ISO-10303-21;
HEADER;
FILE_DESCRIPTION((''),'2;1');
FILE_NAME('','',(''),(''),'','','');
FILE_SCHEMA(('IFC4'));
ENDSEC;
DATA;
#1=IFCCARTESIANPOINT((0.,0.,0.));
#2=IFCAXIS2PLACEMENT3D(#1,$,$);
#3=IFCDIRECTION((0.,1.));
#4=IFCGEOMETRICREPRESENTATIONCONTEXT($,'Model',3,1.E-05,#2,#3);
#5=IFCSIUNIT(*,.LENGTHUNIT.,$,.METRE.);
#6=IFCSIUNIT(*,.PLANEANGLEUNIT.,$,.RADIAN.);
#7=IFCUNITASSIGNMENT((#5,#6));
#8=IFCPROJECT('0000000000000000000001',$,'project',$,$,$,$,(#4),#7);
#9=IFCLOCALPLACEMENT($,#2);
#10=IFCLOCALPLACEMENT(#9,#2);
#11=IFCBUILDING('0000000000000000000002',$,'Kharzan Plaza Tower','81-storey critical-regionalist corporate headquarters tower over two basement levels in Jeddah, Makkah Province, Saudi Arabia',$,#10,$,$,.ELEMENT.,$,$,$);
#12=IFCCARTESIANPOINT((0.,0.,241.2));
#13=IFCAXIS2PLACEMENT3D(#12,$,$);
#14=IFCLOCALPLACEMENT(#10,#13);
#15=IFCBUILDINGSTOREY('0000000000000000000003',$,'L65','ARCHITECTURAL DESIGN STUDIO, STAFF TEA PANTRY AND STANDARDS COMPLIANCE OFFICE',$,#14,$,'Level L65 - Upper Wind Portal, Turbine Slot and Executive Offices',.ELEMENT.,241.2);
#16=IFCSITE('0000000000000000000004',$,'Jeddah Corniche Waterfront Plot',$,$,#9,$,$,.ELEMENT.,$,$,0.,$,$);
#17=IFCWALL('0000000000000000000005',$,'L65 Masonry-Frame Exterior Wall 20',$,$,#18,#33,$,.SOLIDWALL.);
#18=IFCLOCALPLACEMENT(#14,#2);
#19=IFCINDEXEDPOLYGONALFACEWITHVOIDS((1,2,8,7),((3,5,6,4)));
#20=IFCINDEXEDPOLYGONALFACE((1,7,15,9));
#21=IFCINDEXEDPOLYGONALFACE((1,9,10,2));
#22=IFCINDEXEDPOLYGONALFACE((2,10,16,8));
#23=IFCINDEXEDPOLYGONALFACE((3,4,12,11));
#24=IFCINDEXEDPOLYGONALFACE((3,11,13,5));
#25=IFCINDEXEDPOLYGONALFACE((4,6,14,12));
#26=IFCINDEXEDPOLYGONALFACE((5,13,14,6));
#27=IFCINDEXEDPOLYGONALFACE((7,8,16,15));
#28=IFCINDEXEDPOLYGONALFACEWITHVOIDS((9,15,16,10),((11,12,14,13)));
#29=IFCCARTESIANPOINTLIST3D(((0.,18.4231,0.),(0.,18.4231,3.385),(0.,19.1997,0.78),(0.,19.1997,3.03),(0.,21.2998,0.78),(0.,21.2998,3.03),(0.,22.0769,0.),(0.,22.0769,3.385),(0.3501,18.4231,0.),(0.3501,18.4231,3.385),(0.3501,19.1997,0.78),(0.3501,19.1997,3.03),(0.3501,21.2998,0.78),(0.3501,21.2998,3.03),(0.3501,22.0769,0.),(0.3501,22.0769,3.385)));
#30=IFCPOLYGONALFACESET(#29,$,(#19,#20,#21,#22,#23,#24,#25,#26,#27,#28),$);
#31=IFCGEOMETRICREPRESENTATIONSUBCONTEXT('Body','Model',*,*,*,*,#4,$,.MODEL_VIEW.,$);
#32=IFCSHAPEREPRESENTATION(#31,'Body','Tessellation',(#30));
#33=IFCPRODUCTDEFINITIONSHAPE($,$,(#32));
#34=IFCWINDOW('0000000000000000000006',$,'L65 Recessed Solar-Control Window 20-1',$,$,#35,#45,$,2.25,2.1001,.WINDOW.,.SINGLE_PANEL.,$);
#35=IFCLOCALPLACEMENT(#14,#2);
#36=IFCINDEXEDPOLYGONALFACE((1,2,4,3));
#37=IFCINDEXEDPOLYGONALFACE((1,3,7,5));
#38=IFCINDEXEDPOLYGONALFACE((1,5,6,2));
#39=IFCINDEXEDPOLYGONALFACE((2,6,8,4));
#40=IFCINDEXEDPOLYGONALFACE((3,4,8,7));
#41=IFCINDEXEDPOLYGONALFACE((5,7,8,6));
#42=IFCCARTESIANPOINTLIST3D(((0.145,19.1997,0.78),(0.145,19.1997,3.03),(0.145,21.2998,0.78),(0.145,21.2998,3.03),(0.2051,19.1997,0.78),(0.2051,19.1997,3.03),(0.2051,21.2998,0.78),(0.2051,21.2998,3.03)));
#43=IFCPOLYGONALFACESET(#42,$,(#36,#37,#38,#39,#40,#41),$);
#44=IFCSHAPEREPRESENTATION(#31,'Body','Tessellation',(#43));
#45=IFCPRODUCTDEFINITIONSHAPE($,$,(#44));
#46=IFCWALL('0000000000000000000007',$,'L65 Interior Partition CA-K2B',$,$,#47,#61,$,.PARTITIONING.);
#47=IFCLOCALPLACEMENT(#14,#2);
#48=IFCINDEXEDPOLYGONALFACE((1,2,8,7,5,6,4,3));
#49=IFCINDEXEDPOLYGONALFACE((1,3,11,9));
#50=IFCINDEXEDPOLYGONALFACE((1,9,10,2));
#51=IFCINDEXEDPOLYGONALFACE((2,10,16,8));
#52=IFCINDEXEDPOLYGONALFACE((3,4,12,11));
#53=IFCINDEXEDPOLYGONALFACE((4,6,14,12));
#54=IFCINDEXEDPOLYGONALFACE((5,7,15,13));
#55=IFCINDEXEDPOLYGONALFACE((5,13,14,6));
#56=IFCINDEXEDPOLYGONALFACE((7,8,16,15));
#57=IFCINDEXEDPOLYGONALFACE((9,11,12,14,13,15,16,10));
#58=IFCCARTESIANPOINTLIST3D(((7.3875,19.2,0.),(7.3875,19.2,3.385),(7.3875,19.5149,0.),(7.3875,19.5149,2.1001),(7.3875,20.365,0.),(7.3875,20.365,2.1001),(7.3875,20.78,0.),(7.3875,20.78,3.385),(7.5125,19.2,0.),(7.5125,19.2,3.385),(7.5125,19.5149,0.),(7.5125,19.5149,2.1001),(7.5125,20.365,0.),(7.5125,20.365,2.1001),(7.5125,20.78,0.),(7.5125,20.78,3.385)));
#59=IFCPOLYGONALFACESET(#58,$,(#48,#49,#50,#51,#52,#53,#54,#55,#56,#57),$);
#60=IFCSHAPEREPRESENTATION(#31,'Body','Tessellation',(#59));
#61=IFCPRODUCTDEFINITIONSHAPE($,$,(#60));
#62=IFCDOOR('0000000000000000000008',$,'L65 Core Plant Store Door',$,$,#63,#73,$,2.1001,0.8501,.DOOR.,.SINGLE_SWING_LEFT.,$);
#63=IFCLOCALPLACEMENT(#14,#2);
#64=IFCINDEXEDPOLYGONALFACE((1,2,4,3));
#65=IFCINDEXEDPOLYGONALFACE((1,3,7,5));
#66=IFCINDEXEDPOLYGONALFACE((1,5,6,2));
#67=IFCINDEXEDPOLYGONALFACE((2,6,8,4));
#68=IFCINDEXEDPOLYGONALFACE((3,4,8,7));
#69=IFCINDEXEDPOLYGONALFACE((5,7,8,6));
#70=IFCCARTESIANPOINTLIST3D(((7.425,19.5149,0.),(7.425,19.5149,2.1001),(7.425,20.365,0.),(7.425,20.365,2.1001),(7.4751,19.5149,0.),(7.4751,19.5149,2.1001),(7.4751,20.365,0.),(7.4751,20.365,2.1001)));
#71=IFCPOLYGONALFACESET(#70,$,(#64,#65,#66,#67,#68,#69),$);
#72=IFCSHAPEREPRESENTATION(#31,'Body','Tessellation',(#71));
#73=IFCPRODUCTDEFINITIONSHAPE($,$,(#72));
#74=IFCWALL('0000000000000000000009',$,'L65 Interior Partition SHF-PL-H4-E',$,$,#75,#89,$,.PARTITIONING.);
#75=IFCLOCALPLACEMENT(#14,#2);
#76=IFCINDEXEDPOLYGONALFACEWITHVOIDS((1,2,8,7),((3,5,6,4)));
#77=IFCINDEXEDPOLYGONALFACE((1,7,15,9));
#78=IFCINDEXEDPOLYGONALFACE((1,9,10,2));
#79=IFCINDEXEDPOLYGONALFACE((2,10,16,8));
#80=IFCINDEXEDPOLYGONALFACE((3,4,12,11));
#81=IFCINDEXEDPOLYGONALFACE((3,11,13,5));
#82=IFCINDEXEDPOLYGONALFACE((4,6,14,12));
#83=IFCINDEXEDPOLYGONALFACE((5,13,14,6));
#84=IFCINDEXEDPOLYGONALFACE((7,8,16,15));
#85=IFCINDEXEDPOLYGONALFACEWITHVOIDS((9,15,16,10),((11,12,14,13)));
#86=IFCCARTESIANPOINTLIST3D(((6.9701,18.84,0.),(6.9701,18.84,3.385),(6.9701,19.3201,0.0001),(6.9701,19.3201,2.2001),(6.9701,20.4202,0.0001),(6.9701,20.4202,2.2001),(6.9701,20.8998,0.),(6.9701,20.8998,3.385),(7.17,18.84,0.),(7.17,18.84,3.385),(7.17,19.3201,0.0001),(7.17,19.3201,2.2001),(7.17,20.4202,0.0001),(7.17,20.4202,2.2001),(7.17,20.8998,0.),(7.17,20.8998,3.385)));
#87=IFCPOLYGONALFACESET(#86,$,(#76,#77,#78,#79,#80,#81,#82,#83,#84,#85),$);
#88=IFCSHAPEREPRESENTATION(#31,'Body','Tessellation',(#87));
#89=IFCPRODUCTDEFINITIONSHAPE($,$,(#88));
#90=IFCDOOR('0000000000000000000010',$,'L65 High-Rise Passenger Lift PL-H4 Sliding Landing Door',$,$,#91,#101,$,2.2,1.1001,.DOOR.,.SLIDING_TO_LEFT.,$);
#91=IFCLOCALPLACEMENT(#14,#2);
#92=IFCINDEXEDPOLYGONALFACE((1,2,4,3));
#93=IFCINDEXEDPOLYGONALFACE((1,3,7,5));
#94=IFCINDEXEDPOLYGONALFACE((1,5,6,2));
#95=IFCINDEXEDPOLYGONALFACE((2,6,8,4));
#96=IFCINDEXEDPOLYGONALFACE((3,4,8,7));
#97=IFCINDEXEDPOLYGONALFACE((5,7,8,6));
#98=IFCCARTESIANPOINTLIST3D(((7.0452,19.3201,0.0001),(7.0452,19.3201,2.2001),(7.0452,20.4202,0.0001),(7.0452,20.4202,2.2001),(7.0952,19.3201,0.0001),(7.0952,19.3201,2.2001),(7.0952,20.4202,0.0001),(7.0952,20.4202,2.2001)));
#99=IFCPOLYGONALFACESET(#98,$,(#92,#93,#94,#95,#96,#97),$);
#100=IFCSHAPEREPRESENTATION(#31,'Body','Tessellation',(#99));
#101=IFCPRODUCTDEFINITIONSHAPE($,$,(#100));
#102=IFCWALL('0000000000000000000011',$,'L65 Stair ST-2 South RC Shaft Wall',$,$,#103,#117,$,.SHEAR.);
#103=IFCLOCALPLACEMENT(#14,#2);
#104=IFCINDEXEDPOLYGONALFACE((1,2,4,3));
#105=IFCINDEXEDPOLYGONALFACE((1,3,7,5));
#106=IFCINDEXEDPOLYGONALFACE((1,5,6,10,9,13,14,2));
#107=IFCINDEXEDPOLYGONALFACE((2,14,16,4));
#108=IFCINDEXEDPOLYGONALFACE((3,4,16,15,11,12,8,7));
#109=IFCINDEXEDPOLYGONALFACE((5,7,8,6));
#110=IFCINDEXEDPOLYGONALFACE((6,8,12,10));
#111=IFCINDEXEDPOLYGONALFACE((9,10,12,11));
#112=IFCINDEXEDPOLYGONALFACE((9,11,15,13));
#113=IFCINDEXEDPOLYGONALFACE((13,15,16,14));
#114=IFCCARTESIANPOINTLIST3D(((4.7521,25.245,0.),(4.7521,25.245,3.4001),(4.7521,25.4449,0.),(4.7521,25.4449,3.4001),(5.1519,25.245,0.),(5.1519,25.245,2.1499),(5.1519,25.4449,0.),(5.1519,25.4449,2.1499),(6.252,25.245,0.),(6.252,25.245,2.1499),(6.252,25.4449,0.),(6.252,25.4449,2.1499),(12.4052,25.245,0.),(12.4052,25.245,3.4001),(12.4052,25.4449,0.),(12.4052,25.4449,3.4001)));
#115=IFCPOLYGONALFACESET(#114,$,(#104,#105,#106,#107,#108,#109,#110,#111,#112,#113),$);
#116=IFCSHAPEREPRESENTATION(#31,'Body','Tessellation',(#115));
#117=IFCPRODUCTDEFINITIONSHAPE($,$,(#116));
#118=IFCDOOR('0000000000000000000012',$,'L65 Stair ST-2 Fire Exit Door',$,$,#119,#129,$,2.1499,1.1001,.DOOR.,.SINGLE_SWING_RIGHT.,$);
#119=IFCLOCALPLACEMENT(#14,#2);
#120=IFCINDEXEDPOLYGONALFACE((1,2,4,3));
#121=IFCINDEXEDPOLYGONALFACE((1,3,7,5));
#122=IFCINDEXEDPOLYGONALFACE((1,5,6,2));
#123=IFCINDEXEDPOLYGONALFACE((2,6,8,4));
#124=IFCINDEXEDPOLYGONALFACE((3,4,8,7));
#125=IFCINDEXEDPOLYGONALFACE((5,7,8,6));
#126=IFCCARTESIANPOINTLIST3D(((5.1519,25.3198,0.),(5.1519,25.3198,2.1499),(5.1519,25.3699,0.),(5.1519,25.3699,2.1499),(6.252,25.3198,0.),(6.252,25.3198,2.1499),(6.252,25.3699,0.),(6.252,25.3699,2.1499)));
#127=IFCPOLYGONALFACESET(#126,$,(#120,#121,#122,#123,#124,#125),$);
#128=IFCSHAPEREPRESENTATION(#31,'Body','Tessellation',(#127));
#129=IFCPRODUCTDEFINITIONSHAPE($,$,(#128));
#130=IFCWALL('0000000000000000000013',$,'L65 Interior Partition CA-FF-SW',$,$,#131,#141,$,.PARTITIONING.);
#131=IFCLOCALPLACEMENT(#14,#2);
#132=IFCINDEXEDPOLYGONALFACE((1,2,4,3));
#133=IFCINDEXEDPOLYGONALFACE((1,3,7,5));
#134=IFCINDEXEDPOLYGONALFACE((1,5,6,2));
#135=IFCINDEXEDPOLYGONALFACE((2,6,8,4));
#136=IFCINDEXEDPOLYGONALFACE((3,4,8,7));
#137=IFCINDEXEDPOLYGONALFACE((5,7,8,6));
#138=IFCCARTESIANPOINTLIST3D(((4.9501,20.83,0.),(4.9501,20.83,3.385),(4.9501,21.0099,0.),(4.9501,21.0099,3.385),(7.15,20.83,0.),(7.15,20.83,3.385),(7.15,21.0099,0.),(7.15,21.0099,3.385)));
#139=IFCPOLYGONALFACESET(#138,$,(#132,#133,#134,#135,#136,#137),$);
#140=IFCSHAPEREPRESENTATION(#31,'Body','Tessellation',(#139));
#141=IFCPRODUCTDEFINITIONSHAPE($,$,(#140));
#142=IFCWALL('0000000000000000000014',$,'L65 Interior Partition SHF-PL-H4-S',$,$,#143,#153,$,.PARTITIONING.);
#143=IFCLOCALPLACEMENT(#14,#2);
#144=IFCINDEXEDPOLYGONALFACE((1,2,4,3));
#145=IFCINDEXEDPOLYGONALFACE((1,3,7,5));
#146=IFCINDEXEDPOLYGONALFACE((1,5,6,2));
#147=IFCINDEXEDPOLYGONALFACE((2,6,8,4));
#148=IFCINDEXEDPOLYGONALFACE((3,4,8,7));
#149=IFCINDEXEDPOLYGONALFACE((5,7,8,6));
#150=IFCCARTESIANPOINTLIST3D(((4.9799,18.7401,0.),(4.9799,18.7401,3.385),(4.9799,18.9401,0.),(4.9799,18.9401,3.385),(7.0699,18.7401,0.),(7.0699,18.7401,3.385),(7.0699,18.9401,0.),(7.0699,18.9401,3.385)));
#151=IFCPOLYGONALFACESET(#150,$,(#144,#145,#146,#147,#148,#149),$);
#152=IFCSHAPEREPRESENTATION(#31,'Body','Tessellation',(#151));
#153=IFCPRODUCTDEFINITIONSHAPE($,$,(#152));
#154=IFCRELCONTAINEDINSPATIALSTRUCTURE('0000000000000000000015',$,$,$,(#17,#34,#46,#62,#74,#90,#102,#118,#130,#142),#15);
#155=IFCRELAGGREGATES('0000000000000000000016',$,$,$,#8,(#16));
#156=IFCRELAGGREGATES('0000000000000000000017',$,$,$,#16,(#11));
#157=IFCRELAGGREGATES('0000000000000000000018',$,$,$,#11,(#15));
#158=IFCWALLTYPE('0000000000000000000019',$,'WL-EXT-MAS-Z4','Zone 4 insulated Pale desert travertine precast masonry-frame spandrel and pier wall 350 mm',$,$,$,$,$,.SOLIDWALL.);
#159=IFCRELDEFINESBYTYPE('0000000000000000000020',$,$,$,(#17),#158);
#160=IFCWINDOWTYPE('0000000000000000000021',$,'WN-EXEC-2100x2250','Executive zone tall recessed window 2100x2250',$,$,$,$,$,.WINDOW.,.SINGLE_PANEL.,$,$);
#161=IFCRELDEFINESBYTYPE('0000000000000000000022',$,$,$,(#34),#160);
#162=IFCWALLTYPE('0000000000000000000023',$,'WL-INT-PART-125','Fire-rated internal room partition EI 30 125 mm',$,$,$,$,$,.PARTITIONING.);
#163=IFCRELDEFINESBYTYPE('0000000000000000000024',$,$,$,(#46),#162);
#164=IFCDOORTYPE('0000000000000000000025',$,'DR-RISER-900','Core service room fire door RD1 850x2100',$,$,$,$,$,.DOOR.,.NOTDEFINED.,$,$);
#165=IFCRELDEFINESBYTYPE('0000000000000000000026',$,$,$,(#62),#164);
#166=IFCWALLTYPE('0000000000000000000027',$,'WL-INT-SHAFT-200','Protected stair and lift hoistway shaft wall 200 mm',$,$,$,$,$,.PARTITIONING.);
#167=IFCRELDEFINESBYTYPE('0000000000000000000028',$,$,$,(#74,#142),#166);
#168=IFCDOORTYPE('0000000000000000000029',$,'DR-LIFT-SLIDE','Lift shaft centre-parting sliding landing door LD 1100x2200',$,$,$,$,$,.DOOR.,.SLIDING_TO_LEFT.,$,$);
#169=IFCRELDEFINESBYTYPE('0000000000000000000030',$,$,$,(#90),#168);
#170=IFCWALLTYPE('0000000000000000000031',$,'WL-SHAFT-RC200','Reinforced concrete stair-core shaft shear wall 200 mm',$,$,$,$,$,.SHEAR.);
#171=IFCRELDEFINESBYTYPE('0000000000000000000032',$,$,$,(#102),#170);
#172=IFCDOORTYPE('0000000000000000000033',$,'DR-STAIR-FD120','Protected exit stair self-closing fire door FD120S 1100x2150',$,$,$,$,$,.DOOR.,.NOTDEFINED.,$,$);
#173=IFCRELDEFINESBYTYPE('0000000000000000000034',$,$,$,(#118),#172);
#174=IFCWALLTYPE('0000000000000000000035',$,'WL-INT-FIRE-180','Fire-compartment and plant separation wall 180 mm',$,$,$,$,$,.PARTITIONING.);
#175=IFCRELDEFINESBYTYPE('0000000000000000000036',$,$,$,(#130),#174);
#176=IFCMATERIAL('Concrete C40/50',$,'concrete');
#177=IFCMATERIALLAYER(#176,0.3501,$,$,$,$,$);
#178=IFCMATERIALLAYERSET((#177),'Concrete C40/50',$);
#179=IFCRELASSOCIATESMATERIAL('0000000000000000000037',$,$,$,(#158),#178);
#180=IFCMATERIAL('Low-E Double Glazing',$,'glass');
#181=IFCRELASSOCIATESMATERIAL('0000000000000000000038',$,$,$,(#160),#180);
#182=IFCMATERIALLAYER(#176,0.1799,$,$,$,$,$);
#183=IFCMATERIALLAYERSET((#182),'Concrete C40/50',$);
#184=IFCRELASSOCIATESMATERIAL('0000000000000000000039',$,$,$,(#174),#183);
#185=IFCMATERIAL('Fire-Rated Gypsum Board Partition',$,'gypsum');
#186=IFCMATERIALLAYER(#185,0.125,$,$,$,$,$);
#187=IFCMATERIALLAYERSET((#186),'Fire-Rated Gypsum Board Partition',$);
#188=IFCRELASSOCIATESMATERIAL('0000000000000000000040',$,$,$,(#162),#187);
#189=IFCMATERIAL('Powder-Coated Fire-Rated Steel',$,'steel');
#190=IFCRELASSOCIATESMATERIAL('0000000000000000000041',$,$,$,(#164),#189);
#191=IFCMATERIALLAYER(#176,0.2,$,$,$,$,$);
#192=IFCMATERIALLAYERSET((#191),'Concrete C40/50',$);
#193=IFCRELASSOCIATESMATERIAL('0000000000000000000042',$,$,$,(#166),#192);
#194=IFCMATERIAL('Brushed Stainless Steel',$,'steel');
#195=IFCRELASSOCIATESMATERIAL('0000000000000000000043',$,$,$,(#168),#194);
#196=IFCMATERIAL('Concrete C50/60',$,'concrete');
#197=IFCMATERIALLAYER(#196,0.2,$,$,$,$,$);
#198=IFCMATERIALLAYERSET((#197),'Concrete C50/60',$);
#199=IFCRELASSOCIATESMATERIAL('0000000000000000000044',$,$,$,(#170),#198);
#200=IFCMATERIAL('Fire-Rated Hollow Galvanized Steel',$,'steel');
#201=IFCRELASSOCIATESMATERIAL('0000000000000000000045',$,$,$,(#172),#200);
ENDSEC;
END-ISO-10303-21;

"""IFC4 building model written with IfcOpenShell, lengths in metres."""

from ifc_helpers import new_model, si_unit, direction, frame, frame_2d, origin, place, context, subcontext, project, spatial, rectangle, extrude, source, transform, mapped, material, layer, layer_set, type_object, element, fill, save


model = new_model("IFC4")

# Units and contexts
model_context = context("Model", 3, precision=1e-05, world=origin(), true_north=direction((0.0, 1.0)))
body_context = subcontext(model_context, "Body", "Model", "MODEL_VIEW")
ifc_project = project(units=[si_unit("LENGTHUNIT", "METRE"), si_unit("PLANEANGLEUNIT", "RADIAN")], contexts=[model_context])

# Site, building, storey
site_placement = place(None, origin())
site = spatial("IfcSite", under=ifc_project, at=site_placement, Name="Jeddah Corniche Waterfront Plot", CompositionType="ELEMENT", RefElevation=0.0)
building_placement = place(site_placement, origin())
building = spatial("IfcBuilding", under=site, at=building_placement, Name="Kharzan Plaza Tower", Description="81-storey critical-regionalist corporate headquarters tower over two basement levels in Jeddah, Makkah Province, Saudi Arabia", CompositionType="ELEMENT")
storey_placement = place(building_placement, frame((0.0, 0.0, 241.2)))
storey = spatial("IfcBuildingStorey", under=building, at=storey_placement, Name="L65", Description="ARCHITECTURAL DESIGN STUDIO, STAFF TEA PANTRY AND STANDARDS COMPLIANCE OFFICE", LongName="Level L65 - Upper Wind Portal, Turbine Slot and Executive Offices", CompositionType="ELEMENT", Elevation=241.2)

# Shared definitions
ifc_material_1 = material(Name="Concrete C50/60", Category="concrete")

# Wall, opening, window
ifc_material_2 = material(Name="Concrete C40/50", Category="concrete")
ifc_layer_1 = layer(ifc_material_2, 0.3501)
ifc_layer_set_1 = layer_set([ifc_layer_1], Name="Concrete C40/50")
wall_type_1 = type_object("IfcWallType", Name="WL-EXT-MAS-Z4", Description="Zone 4 insulated Pale desert travertine precast masonry-frame spandrel and pier wall 350 mm", PredefinedType="SOLIDWALL", material=ifc_layer_set_1)
ifc_material_3 = material(Name="Low-E Double Glazing", Category="glass")
window_type = type_object("IfcWindowType", Name="WN-EXEC-2100x2250", Description="Executive zone tall recessed window 2100x2250", PartitioningType="SINGLE_PANEL", PredefinedType="WINDOW", material=ifc_material_3)
shared_shape_1 = source(origin(), body_context, "Body", "SweptSolid", [
    extrude(rectangle(XDim=2.1001, YDim=2.25, at=frame_2d((1.05, 1.125))), frame((0.0, 0.03, 0.0), z_axis=(0.0, -1.0, 0.0), x_axis=(1.0, 0.0, 0.0)), (0.0, 0.0, 1.0), 0.0601),
])
wall_1_placement = place(storey_placement, frame((0.175, 22.0769, 0.0), z_axis=(0.0, 0.0, 1.0), x_axis=(0.0, -1.0, 0.0)))
wall_1 = element("IfcWall", 1, at=wall_1_placement, inside=storey, type_object=wall_type_1, Name="L65 Masonry-Frame Exterior Wall 20", PredefinedType="SOLIDWALL", context=body_context, shape_type="SweptSolid", body=[
    extrude(rectangle(XDim=3.6538, YDim=0.3501, at=frame_2d((1.8269, 0.0))), origin(), (0.0, 0.0, 1.0), 3.385),
])
opening_1_placement = place(wall_1_placement, frame((0.7771, 0.0, 0.78)))
opening_1 = element("IfcOpeningElement", 2, at=opening_1_placement, cuts=wall_1, PredefinedType="OPENING", context=body_context, shape_type="SweptSolid", body=[
    extrude(rectangle(XDim=2.1001, YDim=2.25, at=frame_2d((1.05, 1.125))), frame((0.0, 0.1851, 0.0), z_axis=(0.0, -1.0, 0.0), x_axis=(1.0, 0.0, 0.0)), (0.0, 0.0, 1.0), 0.3701),
])
window_1_placement = place(opening_1_placement, origin())
window_1 = element("IfcWindow", 3, at=window_1_placement, inside=storey, type_object=window_type, Name="L65 Recessed Solar-Control Window 20-1", OverallHeight=2.25, OverallWidth=2.1001, PartitioningType="SINGLE_PANEL", PredefinedType="WINDOW", context=body_context, shape_type="MappedRepresentation", body=[
    mapped(shared_shape_1, transform((0.0, 0.0, 0.0), x_axis=(1.0, 0.0, 0.0), y_axis=(0.0, 1.0, 0.0), z_axis=(0.0, 0.0, 1.0))),
])
fill(opening_1, window_1)

# Walls, openings, doors
ifc_layer_2 = layer(ifc_material_2, 0.1799)
ifc_layer_set_2 = layer_set([ifc_layer_2], Name="Concrete C40/50")
wall_type_2 = type_object("IfcWallType", Name="WL-INT-FIRE-180", Description="Fire-compartment and plant separation wall 180 mm", PredefinedType="PARTITIONING", material=ifc_layer_set_2)
ifc_material_4 = material(Name="Fire-Rated Gypsum Board Partition", Category="gypsum")
ifc_layer_3 = layer(ifc_material_4, 0.125)
ifc_layer_set_3 = layer_set([ifc_layer_3], Name="Fire-Rated Gypsum Board Partition")
wall_type_3 = type_object("IfcWallType", Name="WL-INT-PART-125", Description="Fire-rated internal room partition EI 30 125 mm", PredefinedType="PARTITIONING", material=ifc_layer_set_3)
wall_2_placement = place(storey_placement, frame((7.45, 19.2, 0.0), z_axis=(0.0, 0.0, 1.0), x_axis=(0.0, 1.0, 0.0)))
wall_2 = element("IfcWall", 4, at=wall_2_placement, inside=storey, type_object=wall_type_3, Name="L65 Interior Partition CA-K2B", PredefinedType="PARTITIONING", context=body_context, shape_type="SweptSolid", body=[
    extrude(rectangle(XDim=1.5801, YDim=0.125, at=frame_2d((0.79, 0.0))), origin(), (0.0, 0.0, 1.0), 3.385),
])
opening_2_placement = place(wall_2_placement, frame((0.3149, 0.0, 0.0)))
opening_2 = element("IfcOpeningElement", 5, at=opening_2_placement, cuts=wall_2, PredefinedType="OPENING", context=body_context, shape_type="SweptSolid", body=[
    extrude(rectangle(XDim=0.8501, YDim=2.1001, at=frame_2d((0.425, 1.05))), frame((0.0, 0.0725, 0.0), z_axis=(0.0, -1.0, 0.0), x_axis=(1.0, 0.0, 0.0)), (0.0, 0.0, 1.0), 0.145),
])
ifc_material_5 = material(Name="Powder-Coated Fire-Rated Steel", Category="steel")
door_type_1 = type_object("IfcDoorType", Name="DR-RISER-900", Description="Core service room fire door RD1 850x2100", OperationType="NOTDEFINED", PredefinedType="DOOR", material=ifc_material_5)
shared_shape_2 = source(origin(), body_context, "Body", "SweptSolid", [
    extrude(rectangle(XDim=0.8501, YDim=2.1001, at=frame_2d((0.425, 1.05))), frame((0.0, 0.0249, 0.0), z_axis=(0.0, -1.0, 0.0), x_axis=(1.0, 0.0, 0.0)), (0.0, 0.0, 1.0), 0.05),
])
door_1_placement = place(opening_2_placement, origin())
door_1 = element("IfcDoor", 6, at=door_1_placement, inside=storey, type_object=door_type_1, Name="L65 Core Plant Store Door", OperationType="SINGLE_SWING_LEFT", OverallHeight=2.1001, OverallWidth=0.8501, PredefinedType="DOOR", context=body_context, shape_type="MappedRepresentation", body=[
    mapped(shared_shape_2, transform((0.0, 0.0, 0.0), x_axis=(1.0, 0.0, 0.0), y_axis=(0.0, 1.0, 0.0), z_axis=(0.0, 0.0, 1.0))),
])
fill(opening_2, door_1)
ifc_layer_4 = layer(ifc_material_2, 0.2)
ifc_layer_set_4 = layer_set([ifc_layer_4], Name="Concrete C40/50")
wall_type_4 = type_object("IfcWallType", Name="WL-INT-SHAFT-200", Description="Protected stair and lift hoistway shaft wall 200 mm", PredefinedType="PARTITIONING", material=ifc_layer_set_4)
wall_3_placement = place(storey_placement, frame((7.0701, 18.8401, 0.0), z_axis=(0.0, 0.0, 1.0), x_axis=(0.0, 1.0, 0.0)))
wall_3 = element("IfcWall", 7, at=wall_3_placement, inside=storey, type_object=wall_type_4, Name="L65 Interior Partition SHF-PL-H4-E", PredefinedType="PARTITIONING", context=body_context, shape_type="SweptSolid", body=[
    extrude(rectangle(XDim=2.0598, YDim=0.2, at=frame_2d((1.0298, 0.0))), origin(), (0.0, 0.0, 1.0), 3.385),
])
opening_3_placement = place(wall_3_placement, frame((0.48, 0.0, 0.0)))
opening_3 = element("IfcOpeningElement", 8, at=opening_3_placement, cuts=wall_3, PredefinedType="OPENING", context=body_context, shape_type="SweptSolid", body=[
    extrude(rectangle(XDim=1.1001, YDim=2.2, at=frame_2d((0.55, 1.1001))), frame((0.0, 0.1099, 0.0), z_axis=(0.0, -1.0, 0.0), x_axis=(1.0, 0.0, 0.0)), (0.0, 0.0, 1.0), 0.22),
])
ifc_material_6 = material(Name="Brushed Stainless Steel", Category="steel")
door_type_2 = type_object("IfcDoorType", Name="DR-LIFT-SLIDE", Description="Lift shaft centre-parting sliding landing door LD 1100x2200", OperationType="SLIDING_TO_LEFT", PredefinedType="DOOR", material=ifc_material_6)
shared_shape_3 = source(origin(), body_context, "Body", "SweptSolid", [
    extrude(rectangle(XDim=1.1001, YDim=2.2, at=frame_2d((0.55, 1.1001))), frame((0.0, 0.0249, 0.0), z_axis=(0.0, -1.0, 0.0), x_axis=(1.0, 0.0, 0.0)), (0.0, 0.0, 1.0), 0.05),
])
door_2_placement = place(opening_3_placement, origin())
door_2 = element("IfcDoor", 9, at=door_2_placement, inside=storey, type_object=door_type_2, Name="L65 High-Rise Passenger Lift PL-H4 Sliding Landing Door", OperationType="SLIDING_TO_LEFT", OverallHeight=2.2, OverallWidth=1.1001, PredefinedType="DOOR", context=body_context, shape_type="MappedRepresentation", body=[
    mapped(shared_shape_3, transform((0.0, 0.0, 0.0), x_axis=(1.0, 0.0, 0.0), y_axis=(0.0, 1.0, 0.0), z_axis=(0.0, 0.0, 1.0))),
])
fill(opening_3, door_2)
ifc_layer_5 = layer(ifc_material_1, 0.2)
ifc_layer_set_5 = layer_set([ifc_layer_5], Name="Concrete C50/60")
wall_type_5 = type_object("IfcWallType", Name="WL-SHAFT-RC200", Description="Reinforced concrete stair-core shaft shear wall 200 mm", PredefinedType="SHEAR", material=ifc_layer_set_5)
wall_4_placement = place(storey_placement, frame((4.752, 25.345, 0.0), z_axis=(0.0, 0.0, 1.0), x_axis=(1.0, 0.0, 0.0)))
wall_4 = element("IfcWall", 10, at=wall_4_placement, inside=storey, type_object=wall_type_5, Name="L65 Stair ST-2 South RC Shaft Wall", PredefinedType="SHEAR", context=body_context, shape_type="SweptSolid", body=[
    extrude(rectangle(XDim=7.6531, YDim=0.2, at=frame_2d((3.8267, 0.0))), origin(), (0.0, 0.0, 1.0), 3.4001),
])
opening_4_placement = place(wall_4_placement, frame((0.3999, 0.0, 0.0)))
opening_4 = element("IfcOpeningElement", 11, at=opening_4_placement, cuts=wall_4, PredefinedType="OPENING", context=body_context, shape_type="SweptSolid", body=[
    extrude(rectangle(XDim=1.1001, YDim=2.1499, at=frame_2d((0.55, 1.075))), frame((0.0, 0.1099, 0.0), z_axis=(0.0, -1.0, 0.0), x_axis=(1.0, 0.0, 0.0)), (0.0, 0.0, 1.0), 0.22),
])
ifc_material_7 = material(Name="Fire-Rated Hollow Galvanized Steel", Category="steel")
door_type_3 = type_object("IfcDoorType", Name="DR-STAIR-FD120", Description="Protected exit stair self-closing fire door FD120S 1100x2150", OperationType="NOTDEFINED", PredefinedType="DOOR", material=ifc_material_7)
shared_shape_4 = source(origin(), body_context, "Body", "SweptSolid", [
    extrude(rectangle(XDim=1.1001, YDim=2.1499, at=frame_2d((0.55, 1.075))), frame((0.0, 0.0249, 0.0), z_axis=(0.0, -1.0, 0.0), x_axis=(1.0, 0.0, 0.0)), (0.0, 0.0, 1.0), 0.05),
])
door_3_placement = place(opening_4_placement, origin())
door_3 = element("IfcDoor", 12, at=door_3_placement, inside=storey, type_object=door_type_3, Name="L65 Stair ST-2 Fire Exit Door", OperationType="SINGLE_SWING_RIGHT", OverallHeight=2.1499, OverallWidth=1.1001, PredefinedType="DOOR", context=body_context, shape_type="MappedRepresentation", body=[
    mapped(shared_shape_4, transform((0.0, 0.0, 0.0), x_axis=(1.0, 0.0, 0.0), y_axis=(0.0, 1.0, 0.0), z_axis=(0.0, 0.0, 1.0))),
])
fill(opening_4, door_3)

# Walls
shared_shape_5 = source(origin(), body_context, "Body", "SweptSolid", [
    extrude(rectangle(XDim=2.2, YDim=0.1799, at=frame_2d((1.1001, 0.0))), origin(), (0.0, 0.0, 1.0), 3.385),
])
wall_5_placement = place(storey_placement, frame((4.95, 20.9199, 0.0), z_axis=(0.0, 0.0, 1.0), x_axis=(1.0, 0.0, 0.0)))
element("IfcWall", 13, at=wall_5_placement, inside=storey, type_object=wall_type_2, Name="L65 Interior Partition CA-FF-SW", PredefinedType="PARTITIONING", context=body_context, shape_type="MappedRepresentation", body=[
    mapped(shared_shape_5, transform((0.0, 0.0, 0.0), x_axis=(1.0, 0.0, 0.0), y_axis=(0.0, 1.0, 0.0), z_axis=(0.0, 0.0, 1.0))),
])
shared_shape_6 = source(origin(), body_context, "Body", "SweptSolid", [
    extrude(rectangle(XDim=2.0901, YDim=0.2, at=frame_2d((1.0449, 0.0))), origin(), (0.0, 0.0, 1.0), 3.385),
])
wall_6_placement = place(storey_placement, frame((4.98, 18.8401, 0.0), z_axis=(0.0, 0.0, 1.0), x_axis=(1.0, 0.0, 0.0)))
element("IfcWall", 14, at=wall_6_placement, inside=storey, type_object=wall_type_4, Name="L65 Interior Partition SHF-PL-H4-S", PredefinedType="PARTITIONING", context=body_context, shape_type="MappedRepresentation", body=[
    mapped(shared_shape_6, transform((0.0, 0.0, 0.0), x_axis=(1.0, 0.0, 0.0), y_axis=(0.0, 1.0, 0.0), z_axis=(0.0, 0.0, 1.0))),
])

save(model, "model.ifc")
